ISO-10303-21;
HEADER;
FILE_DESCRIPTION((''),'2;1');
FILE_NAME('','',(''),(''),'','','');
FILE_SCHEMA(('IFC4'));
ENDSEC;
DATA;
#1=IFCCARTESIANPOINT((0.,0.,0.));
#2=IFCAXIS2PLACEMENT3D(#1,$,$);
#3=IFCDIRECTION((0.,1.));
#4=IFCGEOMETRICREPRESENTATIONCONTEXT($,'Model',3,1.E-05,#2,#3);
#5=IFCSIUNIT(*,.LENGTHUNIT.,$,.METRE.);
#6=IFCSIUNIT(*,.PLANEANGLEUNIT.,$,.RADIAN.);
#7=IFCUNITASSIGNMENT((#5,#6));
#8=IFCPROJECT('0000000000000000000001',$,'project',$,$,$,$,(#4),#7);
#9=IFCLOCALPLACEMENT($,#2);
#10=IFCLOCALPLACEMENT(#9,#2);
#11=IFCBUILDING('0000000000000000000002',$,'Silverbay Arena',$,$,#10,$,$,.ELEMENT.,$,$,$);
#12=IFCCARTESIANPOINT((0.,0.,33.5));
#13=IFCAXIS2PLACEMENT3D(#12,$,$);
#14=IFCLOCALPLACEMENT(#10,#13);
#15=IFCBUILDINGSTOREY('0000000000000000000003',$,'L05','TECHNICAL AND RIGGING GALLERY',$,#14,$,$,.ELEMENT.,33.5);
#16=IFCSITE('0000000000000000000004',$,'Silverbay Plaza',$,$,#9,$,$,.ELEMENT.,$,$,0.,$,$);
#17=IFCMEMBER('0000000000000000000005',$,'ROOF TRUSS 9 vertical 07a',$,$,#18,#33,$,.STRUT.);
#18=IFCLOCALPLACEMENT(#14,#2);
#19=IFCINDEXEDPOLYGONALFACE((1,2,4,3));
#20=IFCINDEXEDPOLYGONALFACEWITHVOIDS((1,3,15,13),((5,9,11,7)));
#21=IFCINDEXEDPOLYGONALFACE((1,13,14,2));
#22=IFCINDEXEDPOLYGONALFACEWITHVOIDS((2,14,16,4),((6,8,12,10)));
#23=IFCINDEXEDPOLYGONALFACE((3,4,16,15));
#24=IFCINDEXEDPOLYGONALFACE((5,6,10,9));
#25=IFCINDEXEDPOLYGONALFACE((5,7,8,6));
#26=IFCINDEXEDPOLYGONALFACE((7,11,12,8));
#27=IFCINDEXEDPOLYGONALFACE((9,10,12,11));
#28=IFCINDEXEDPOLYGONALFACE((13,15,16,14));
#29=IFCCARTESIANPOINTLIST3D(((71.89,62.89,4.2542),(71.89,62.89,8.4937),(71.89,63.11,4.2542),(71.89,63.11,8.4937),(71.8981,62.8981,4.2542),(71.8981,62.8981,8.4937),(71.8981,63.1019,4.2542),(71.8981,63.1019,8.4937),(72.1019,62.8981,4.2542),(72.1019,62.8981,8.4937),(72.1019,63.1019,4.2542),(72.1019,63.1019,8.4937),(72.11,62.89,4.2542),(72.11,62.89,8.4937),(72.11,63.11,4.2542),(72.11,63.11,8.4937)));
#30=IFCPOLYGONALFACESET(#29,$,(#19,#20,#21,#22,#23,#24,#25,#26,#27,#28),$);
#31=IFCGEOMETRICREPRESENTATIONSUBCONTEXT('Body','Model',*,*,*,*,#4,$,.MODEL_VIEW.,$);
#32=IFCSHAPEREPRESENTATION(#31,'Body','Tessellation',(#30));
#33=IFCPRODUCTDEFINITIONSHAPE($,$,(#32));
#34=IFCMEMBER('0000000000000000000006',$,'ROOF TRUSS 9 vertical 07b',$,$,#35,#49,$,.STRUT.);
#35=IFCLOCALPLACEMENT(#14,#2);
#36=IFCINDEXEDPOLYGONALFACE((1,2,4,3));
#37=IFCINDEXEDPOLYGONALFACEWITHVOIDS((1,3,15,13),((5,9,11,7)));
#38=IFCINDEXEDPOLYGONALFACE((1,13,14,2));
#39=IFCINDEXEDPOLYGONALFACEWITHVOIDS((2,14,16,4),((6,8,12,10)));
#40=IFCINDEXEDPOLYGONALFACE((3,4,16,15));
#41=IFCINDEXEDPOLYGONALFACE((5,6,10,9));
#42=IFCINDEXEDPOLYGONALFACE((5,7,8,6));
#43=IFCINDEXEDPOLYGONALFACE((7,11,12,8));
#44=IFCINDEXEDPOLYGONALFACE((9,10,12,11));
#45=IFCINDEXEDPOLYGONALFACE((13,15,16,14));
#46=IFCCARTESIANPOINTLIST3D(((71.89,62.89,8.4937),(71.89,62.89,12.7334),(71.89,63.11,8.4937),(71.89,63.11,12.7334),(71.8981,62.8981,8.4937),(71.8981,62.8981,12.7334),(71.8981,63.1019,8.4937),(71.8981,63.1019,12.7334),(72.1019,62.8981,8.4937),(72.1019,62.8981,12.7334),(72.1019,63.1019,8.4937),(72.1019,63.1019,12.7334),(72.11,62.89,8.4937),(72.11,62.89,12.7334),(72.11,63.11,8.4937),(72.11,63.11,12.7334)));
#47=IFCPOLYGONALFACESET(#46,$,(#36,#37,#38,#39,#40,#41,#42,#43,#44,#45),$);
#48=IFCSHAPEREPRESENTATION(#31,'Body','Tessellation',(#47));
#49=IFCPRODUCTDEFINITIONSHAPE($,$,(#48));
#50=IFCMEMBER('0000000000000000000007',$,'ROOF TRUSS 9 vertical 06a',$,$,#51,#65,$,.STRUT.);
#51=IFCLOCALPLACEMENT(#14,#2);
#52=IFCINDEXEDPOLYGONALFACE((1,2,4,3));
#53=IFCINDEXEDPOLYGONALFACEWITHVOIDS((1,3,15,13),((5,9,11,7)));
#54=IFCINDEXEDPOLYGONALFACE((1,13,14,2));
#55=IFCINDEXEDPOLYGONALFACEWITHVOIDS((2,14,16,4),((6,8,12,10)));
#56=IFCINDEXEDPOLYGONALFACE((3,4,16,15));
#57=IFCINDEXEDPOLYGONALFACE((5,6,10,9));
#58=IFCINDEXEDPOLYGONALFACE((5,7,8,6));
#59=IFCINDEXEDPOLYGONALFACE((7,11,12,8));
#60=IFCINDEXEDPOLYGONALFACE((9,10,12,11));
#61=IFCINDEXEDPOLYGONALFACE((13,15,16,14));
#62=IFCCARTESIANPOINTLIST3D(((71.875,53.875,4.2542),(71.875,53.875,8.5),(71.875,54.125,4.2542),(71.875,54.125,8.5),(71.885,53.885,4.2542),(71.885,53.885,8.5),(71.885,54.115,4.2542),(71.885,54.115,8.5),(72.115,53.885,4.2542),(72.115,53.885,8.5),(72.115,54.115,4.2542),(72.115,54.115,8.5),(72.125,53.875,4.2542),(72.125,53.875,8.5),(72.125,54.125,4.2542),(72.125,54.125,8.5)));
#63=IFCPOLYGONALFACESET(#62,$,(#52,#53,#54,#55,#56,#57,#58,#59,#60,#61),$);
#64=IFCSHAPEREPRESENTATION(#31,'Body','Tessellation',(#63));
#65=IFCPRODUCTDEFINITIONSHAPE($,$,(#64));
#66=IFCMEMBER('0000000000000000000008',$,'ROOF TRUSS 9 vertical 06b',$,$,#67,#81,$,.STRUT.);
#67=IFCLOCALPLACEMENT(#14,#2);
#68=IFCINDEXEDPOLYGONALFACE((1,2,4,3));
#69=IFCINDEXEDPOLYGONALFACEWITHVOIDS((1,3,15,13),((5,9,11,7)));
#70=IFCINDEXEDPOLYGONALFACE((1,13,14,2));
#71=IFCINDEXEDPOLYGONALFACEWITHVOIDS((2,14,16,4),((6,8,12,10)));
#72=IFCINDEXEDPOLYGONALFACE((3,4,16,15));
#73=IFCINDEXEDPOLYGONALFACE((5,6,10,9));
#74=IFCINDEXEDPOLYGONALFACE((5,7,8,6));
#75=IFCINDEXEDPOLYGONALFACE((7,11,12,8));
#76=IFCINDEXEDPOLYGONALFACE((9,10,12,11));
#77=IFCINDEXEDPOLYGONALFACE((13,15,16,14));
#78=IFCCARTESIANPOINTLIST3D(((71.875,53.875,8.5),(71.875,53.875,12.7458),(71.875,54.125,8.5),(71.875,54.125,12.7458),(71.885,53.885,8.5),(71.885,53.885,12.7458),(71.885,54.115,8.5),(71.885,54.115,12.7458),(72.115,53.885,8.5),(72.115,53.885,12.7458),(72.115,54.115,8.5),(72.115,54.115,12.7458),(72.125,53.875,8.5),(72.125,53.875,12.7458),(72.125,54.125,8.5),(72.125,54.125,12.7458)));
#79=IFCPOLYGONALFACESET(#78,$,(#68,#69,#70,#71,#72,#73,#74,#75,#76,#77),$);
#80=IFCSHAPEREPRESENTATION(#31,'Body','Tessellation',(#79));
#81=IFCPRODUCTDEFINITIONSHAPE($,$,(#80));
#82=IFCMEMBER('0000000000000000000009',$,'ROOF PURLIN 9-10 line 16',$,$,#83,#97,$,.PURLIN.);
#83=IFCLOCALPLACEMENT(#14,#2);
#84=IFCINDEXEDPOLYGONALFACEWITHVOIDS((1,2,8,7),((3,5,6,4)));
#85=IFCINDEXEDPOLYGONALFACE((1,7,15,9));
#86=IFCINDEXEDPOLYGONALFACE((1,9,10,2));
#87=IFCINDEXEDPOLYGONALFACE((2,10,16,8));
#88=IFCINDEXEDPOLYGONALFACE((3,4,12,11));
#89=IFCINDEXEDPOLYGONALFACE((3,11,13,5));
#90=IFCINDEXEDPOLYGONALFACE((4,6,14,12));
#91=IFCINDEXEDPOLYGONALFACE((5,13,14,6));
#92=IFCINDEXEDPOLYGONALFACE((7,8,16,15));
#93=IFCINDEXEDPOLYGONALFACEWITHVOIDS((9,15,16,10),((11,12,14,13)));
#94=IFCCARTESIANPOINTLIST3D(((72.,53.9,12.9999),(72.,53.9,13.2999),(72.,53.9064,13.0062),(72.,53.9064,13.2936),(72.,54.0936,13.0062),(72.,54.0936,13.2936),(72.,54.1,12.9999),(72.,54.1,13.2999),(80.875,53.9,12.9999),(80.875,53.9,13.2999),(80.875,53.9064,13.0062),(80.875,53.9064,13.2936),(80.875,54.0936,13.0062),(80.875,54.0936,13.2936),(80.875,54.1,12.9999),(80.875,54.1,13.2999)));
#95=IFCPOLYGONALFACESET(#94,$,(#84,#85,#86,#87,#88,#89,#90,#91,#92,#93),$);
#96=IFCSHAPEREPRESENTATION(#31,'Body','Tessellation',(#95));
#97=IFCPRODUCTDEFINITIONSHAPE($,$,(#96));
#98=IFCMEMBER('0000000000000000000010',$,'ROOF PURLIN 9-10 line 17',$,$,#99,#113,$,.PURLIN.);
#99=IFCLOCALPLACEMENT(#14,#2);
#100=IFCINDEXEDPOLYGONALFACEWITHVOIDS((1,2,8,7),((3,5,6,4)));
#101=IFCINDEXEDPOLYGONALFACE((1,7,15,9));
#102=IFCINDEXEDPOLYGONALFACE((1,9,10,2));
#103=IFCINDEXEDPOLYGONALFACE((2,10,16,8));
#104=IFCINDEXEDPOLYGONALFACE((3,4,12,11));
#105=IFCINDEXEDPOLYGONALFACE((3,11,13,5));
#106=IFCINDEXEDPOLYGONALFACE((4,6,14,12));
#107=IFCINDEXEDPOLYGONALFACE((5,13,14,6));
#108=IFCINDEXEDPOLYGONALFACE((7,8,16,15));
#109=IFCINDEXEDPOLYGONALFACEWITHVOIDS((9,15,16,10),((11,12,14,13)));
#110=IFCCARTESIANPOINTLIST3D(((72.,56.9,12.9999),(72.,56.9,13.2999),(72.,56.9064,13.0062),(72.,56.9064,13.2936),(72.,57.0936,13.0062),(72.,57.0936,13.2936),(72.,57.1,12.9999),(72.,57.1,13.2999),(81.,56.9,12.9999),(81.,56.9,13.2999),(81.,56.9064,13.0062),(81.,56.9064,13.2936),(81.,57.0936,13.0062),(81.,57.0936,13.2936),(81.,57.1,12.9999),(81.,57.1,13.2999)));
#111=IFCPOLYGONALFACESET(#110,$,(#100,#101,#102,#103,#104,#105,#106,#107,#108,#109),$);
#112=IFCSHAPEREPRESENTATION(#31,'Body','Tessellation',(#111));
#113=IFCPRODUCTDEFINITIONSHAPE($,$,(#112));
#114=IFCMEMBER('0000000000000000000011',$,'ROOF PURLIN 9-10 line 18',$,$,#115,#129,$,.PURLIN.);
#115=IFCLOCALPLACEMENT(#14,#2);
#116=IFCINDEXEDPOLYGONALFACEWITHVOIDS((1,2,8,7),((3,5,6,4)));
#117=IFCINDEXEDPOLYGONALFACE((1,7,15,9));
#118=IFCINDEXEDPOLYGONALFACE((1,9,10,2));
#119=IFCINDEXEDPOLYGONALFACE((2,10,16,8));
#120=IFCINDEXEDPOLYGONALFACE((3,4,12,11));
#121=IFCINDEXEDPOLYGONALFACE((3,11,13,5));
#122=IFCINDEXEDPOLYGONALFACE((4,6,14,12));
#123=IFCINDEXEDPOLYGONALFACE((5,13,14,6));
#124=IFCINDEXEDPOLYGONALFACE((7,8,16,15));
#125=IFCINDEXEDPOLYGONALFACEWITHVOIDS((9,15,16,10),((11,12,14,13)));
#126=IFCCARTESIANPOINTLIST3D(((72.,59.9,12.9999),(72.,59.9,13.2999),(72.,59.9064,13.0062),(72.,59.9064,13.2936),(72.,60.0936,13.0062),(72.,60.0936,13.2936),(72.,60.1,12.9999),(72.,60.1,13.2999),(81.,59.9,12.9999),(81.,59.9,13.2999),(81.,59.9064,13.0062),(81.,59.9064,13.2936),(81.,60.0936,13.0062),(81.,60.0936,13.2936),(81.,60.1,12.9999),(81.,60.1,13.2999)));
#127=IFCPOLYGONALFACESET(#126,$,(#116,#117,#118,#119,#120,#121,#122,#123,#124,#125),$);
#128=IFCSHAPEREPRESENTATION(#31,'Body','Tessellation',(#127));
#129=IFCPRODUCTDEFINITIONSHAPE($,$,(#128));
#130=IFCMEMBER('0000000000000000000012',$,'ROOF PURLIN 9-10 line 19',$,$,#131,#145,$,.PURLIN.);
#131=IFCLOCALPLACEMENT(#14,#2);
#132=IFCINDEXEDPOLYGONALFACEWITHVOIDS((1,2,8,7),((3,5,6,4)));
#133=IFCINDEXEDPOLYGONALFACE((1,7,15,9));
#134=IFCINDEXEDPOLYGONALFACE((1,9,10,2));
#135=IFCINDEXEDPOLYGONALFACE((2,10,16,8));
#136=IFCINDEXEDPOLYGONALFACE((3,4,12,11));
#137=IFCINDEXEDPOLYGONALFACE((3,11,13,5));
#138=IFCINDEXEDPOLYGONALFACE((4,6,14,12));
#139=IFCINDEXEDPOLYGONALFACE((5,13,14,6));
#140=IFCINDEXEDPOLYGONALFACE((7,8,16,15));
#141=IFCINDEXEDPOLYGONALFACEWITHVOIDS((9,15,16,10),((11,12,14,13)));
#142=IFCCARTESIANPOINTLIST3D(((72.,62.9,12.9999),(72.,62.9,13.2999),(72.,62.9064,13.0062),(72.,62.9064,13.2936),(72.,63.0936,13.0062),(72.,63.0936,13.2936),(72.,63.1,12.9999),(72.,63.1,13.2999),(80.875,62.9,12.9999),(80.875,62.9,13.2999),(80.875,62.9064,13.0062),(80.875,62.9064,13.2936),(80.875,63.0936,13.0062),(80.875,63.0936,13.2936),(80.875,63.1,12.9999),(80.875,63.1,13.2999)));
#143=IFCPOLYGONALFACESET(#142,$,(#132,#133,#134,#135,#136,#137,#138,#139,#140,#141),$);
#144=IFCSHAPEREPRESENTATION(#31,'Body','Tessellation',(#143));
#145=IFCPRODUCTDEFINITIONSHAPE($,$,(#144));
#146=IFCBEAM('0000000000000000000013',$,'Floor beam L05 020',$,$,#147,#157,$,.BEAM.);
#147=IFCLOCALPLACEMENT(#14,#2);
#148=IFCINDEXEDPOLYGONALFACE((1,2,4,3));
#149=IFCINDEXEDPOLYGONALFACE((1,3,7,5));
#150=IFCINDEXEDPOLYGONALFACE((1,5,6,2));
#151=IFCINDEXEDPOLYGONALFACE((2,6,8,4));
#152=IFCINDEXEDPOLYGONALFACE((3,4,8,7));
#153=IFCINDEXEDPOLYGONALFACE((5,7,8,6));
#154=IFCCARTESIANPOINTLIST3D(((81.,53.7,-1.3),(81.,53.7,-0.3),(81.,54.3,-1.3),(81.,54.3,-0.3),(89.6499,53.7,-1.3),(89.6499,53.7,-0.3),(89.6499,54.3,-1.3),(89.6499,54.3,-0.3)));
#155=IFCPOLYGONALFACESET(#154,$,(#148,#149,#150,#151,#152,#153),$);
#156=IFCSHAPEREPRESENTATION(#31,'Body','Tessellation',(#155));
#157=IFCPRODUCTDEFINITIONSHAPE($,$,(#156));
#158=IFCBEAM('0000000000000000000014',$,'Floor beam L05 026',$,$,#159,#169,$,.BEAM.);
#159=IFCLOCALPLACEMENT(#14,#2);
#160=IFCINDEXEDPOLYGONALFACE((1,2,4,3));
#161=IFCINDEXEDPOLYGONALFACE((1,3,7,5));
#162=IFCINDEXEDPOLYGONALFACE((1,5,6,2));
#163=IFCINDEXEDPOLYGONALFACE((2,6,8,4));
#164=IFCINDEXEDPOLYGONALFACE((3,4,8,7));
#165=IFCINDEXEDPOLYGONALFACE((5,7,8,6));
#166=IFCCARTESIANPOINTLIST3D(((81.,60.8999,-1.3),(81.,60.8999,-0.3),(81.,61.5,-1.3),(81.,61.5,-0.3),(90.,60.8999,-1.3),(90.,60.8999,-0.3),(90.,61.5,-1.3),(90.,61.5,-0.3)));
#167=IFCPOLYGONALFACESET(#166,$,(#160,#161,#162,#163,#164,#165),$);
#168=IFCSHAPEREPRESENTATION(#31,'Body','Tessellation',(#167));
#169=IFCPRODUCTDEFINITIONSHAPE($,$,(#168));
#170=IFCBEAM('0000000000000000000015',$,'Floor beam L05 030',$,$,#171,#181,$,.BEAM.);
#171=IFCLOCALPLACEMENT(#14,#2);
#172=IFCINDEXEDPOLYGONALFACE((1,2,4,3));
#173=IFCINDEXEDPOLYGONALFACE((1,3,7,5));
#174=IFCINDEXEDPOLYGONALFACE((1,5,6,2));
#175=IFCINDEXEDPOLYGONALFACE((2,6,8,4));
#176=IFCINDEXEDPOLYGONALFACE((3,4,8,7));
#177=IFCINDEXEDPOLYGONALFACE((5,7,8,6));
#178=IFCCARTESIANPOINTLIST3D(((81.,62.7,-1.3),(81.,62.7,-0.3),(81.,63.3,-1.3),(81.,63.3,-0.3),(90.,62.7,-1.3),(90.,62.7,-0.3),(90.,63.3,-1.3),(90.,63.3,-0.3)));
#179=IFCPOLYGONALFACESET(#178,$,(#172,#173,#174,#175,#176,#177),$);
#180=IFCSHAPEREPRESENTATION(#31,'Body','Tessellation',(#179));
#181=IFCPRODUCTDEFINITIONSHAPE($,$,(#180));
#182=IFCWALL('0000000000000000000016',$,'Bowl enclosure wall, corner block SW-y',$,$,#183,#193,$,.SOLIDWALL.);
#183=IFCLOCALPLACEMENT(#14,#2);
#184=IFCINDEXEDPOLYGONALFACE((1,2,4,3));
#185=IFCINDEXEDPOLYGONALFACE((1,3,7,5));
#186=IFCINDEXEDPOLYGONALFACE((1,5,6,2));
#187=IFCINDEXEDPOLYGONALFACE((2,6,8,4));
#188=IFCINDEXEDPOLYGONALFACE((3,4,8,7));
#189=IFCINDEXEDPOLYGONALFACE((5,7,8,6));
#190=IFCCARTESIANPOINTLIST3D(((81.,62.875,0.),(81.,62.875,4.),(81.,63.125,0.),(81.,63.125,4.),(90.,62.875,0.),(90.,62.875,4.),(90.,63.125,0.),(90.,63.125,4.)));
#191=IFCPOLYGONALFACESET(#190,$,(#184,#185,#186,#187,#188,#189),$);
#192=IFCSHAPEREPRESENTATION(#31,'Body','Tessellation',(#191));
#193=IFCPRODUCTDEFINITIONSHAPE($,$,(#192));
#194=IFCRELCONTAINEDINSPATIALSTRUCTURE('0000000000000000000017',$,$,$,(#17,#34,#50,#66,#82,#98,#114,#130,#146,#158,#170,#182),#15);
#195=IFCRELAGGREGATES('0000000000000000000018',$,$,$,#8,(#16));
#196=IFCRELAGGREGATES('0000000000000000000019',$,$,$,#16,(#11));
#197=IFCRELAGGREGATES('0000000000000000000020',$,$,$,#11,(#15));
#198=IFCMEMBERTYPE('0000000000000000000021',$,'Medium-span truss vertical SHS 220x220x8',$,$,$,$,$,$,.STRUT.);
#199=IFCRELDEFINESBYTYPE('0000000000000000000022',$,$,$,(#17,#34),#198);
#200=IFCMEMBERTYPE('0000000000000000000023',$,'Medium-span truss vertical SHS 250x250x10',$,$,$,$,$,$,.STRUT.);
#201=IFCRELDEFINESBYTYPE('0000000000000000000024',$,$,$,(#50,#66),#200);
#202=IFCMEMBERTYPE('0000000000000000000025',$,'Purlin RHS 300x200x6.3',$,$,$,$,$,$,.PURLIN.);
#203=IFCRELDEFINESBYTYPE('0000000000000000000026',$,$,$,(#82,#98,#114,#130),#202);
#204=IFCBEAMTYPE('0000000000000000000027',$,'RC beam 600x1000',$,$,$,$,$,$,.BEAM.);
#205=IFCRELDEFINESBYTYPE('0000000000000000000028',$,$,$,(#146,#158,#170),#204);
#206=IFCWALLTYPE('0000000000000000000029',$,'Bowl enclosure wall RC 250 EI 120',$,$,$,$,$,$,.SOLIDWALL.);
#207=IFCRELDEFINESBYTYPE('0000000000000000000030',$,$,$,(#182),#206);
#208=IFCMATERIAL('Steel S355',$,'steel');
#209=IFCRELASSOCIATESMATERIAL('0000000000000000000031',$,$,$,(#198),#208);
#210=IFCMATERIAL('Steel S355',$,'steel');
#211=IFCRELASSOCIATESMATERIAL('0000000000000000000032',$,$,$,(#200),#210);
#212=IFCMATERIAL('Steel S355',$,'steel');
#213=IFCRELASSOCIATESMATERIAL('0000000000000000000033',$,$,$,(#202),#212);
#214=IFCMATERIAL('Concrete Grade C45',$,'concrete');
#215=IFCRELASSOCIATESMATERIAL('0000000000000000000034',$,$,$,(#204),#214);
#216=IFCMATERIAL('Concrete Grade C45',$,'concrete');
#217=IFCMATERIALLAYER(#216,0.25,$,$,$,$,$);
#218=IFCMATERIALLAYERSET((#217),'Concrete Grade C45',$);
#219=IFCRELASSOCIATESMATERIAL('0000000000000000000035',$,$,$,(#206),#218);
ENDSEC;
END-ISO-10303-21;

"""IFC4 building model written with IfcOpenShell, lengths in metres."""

from ifc_helpers import new_model, si_unit, direction, frame, frame_2d, origin, origin_2d, place, context, subcontext, project, spatial, rectangle, hollow_rectangle, extrude, material, layer, layer_set, material_profile, profile_set, type_object, element, save


model = new_model("IFC4")

# Units and contexts
model_context = context("Model", 3, precision=1e-05, world=origin(), true_north=direction((0.0, 1.0)))
body_context = subcontext(model_context, "Body", "Model", "MODEL_VIEW")
ifc_project = project(units=[si_unit("LENGTHUNIT", "METRE"), si_unit("PLANEANGLEUNIT", "RADIAN")], contexts=[model_context])

# Site, building, storey
site_placement = place(None, origin())
site = spatial("IfcSite", under=ifc_project, at=site_placement, Name="Silverbay Plaza", CompositionType="ELEMENT", RefElevation=0.0)
building_placement = place(site_placement, origin())
building = spatial("IfcBuilding", under=site, at=building_placement, Name="Silverbay Arena", CompositionType="ELEMENT")
storey_placement = place(building_placement, frame((0.0, 0.0, 33.5)))
storey = spatial("IfcBuildingStorey", under=building, at=storey_placement, Name="L05", Description="TECHNICAL AND RIGGING GALLERY", CompositionType="ELEMENT", Elevation=33.5)

# Members
ifc_material_1 = material(Name="Steel S355", Category="steel")
ifc_material_profile_1 = material_profile(ifc_material_1, hollow_rectangle(XDim=0.22, YDim=0.22, WallThickness=0.0081, at=origin_2d()), Name="SHS 220x220x8")
ifc_profile_set_1 = profile_set([ifc_material_profile_1], Name="Steel S355")
member_type_1 = type_object("IfcMemberType", Name="Medium-span truss vertical SHS 220x220x8", PredefinedType="STRUT", material=ifc_profile_set_1)
member_1_placement = place(storey_placement, frame((72.0, 63.0, 4.2542), z_axis=(0.0, 0.0, 1.0), x_axis=(1.0, 0.0, 0.0)))
element("IfcMember", 1, at=member_1_placement, inside=storey, type_object=member_type_1, Name="ROOF TRUSS 9 vertical 07a", PredefinedType="STRUT", context=body_context, shape_type="SweptSolid", body=[
    extrude(hollow_rectangle(XDim=0.22, YDim=0.22, WallThickness=0.0081, at=origin_2d()), origin(), (0.0, 0.0, 1.0), 4.2395),
])
member_2_placement = place(storey_placement, frame((72.0, 63.0, 8.4937), z_axis=(0.0, 0.0, 1.0), x_axis=(1.0, 0.0, 0.0)))
element("IfcMember", 2, at=member_2_placement, inside=storey, type_object=member_type_1, Name="ROOF TRUSS 9 vertical 07b", PredefinedType="STRUT", context=body_context, shape_type="SweptSolid", body=[
    extrude(hollow_rectangle(XDim=0.22, YDim=0.22, WallThickness=0.0081, at=origin_2d()), origin(), (0.0, 0.0, 1.0), 4.2397),
])
ifc_material_2 = material(Name="Steel S355", Category="steel")
ifc_material_profile_2 = material_profile(ifc_material_2, hollow_rectangle(XDim=0.25, YDim=0.25, WallThickness=0.01, at=origin_2d()), Name="SHS 250x250x10")
ifc_profile_set_2 = profile_set([ifc_material_profile_2], Name="Steel S355")
member_type_2 = type_object("IfcMemberType", Name="Medium-span truss vertical SHS 250x250x10", PredefinedType="STRUT", material=ifc_profile_set_2)
for number, where, z_axis, x_axis, name in (
    (3, (72.0, 54.0, 4.2542), (0.0, 0.0, 1.0), (1.0, 0.0, 0.0), "ROOF TRUSS 9 vertical 06a"),
    (4, (72.0, 54.0, 8.5), (0.0, 0.0, 1.0), (1.0, 0.0, 0.0), "ROOF TRUSS 9 vertical 06b"),
):
    element("IfcMember", number, at=place(storey_placement, frame(where, z_axis=z_axis, x_axis=x_axis)), inside=storey, type_object=member_type_2, Name=name, PredefinedType="STRUT", context=body_context, shape_type="SweptSolid", body=[
        extrude(hollow_rectangle(XDim=0.25, YDim=0.25, WallThickness=0.01, at=origin_2d()), origin(), (0.0, 0.0, 1.0), 4.2458),
    ])
ifc_material_3 = material(Name="Steel S355", Category="steel")
ifc_material_profile_3 = material_profile(ifc_material_3, hollow_rectangle(XDim=0.2, YDim=0.3, WallThickness=0.0063, at=origin_2d()), Name="RHS 300x200x6.3")
ifc_profile_set_3 = profile_set([ifc_material_profile_3], Name="Steel S355")
member_type_3 = type_object("IfcMemberType", Name="Purlin RHS 300x200x6.3", PredefinedType="PURLIN", material=ifc_profile_set_3)
member_3_placement = place(storey_placement, frame((72.0, 54.0, 13.1499), z_axis=(1.0, 0.0, 0.0), x_axis=(0.0, 1.0, 0.0)))
element("IfcMember", 5, at=member_3_placement, inside=storey, type_object=member_type_3, Name="ROOF PURLIN 9-10 line 16", PredefinedType="PURLIN", context=body_context, shape_type="SweptSolid", body=[
    extrude(hollow_rectangle(XDim=0.2, YDim=0.3, WallThickness=0.0063, at=origin_2d()), origin(), (0.0, 0.0, 1.0), 8.875),
])
for number, where, z_axis, x_axis, name in (
    (6, (72.0, 57.0, 13.1499), (1.0, 0.0, 0.0), (0.0, 1.0, 0.0), "ROOF PURLIN 9-10 line 17"),
    (7, (72.0, 60.0, 13.1499), (1.0, 0.0, 0.0), (0.0, 1.0, 0.0), "ROOF PURLIN 9-10 line 18"),
):
    element("IfcMember", number, at=place(storey_placement, frame(where, z_axis=z_axis, x_axis=x_axis)), inside=storey, type_object=member_type_3, Name=name, PredefinedType="PURLIN", context=body_context, shape_type="SweptSolid", body=[
        extrude(hollow_rectangle(XDim=0.2, YDim=0.3, WallThickness=0.0063, at=origin_2d()), origin(), (0.0, 0.0, 1.0), 9.0),
    ])
member_4_placement = place(storey_placement, frame((72.0, 63.0, 13.1499), z_axis=(1.0, 0.0, 0.0), x_axis=(0.0, 1.0, 0.0)))
element("IfcMember", 8, at=member_4_placement, inside=storey, type_object=member_type_3, Name="ROOF PURLIN 9-10 line 19", PredefinedType="PURLIN", context=body_context, shape_type="SweptSolid", body=[
    extrude(hollow_rectangle(XDim=0.2, YDim=0.3, WallThickness=0.0063, at=origin_2d()), origin(), (0.0, 0.0, 1.0), 8.875),
])

# Beams
ifc_material_4 = material(Name="Concrete Grade C45", Category="concrete")
ifc_material_profile_4 = material_profile(ifc_material_4, rectangle(XDim=0.6001, YDim=1.0, at=origin_2d()), Name="RC 600x1000")
ifc_profile_set_4 = profile_set([ifc_material_profile_4], Name="Concrete Grade C45")
beam_type = type_object("IfcBeamType", Name="RC beam 600x1000", PredefinedType="BEAM", material=ifc_profile_set_4)
beam_placement = place(storey_placement, frame((81.0, 54.0, -0.8), z_axis=(1.0, 0.0, 0.0), x_axis=(0.0, 1.0, 0.0)))
element("IfcBeam", 9, at=beam_placement, inside=storey, type_object=beam_type, Name="Floor beam L05 020", PredefinedType="BEAM", context=body_context, shape_type="SweptSolid", body=[
    extrude(rectangle(XDim=0.6001, YDim=1.0, at=origin_2d()), origin(), (0.0, 0.0, 1.0), 8.6499),
])
for number, where, z_axis, x_axis, name in (
    (10, (81.0, 61.2, -0.8), (1.0, 0.0, 0.0), (0.0, 1.0, 0.0), "Floor beam L05 026"),
    (11, (81.0, 63.0, -0.8), (1.0, 0.0, 0.0), (0.0, 1.0, 0.0), "Floor beam L05 030"),
):
    element("IfcBeam", number, at=place(storey_placement, frame(where, z_axis=z_axis, x_axis=x_axis)), inside=storey, type_object=beam_type, Name=name, PredefinedType="BEAM", context=body_context, shape_type="SweptSolid", body=[
        extrude(rectangle(XDim=0.6001, YDim=1.0, at=origin_2d()), origin(), (0.0, 0.0, 1.0), 9.0),
    ])

# Wall
ifc_material_5 = material(Name="Concrete Grade C45", Category="concrete")
ifc_layer_1 = layer(ifc_material_5, 0.25)
ifc_layer_set_1 = layer_set([ifc_layer_1], Name="Concrete Grade C45")
wall_type_1 = type_object("IfcWallType", Name="Bowl enclosure wall RC 250 EI 120", PredefinedType="SOLIDWALL", material=ifc_layer_set_1)
wall_1_placement = place(storey_placement, frame((81.0, 63.0, 0.0), z_axis=(0.0, 0.0, 1.0), x_axis=(1.0, 0.0, 0.0)))
element("IfcWall", 12, at=wall_1_placement, inside=storey, type_object=wall_type_1, Name="Bowl enclosure wall, corner block SW-y", PredefinedType="SOLIDWALL", context=body_context, shape_type="SweptSolid", body=[
    extrude(rectangle(XDim=9.0, YDim=0.25, at=frame_2d((4.5, 0.0))), origin(), (0.0, 0.0, 1.0), 4.0),
])

save(model, "model.ifc")
